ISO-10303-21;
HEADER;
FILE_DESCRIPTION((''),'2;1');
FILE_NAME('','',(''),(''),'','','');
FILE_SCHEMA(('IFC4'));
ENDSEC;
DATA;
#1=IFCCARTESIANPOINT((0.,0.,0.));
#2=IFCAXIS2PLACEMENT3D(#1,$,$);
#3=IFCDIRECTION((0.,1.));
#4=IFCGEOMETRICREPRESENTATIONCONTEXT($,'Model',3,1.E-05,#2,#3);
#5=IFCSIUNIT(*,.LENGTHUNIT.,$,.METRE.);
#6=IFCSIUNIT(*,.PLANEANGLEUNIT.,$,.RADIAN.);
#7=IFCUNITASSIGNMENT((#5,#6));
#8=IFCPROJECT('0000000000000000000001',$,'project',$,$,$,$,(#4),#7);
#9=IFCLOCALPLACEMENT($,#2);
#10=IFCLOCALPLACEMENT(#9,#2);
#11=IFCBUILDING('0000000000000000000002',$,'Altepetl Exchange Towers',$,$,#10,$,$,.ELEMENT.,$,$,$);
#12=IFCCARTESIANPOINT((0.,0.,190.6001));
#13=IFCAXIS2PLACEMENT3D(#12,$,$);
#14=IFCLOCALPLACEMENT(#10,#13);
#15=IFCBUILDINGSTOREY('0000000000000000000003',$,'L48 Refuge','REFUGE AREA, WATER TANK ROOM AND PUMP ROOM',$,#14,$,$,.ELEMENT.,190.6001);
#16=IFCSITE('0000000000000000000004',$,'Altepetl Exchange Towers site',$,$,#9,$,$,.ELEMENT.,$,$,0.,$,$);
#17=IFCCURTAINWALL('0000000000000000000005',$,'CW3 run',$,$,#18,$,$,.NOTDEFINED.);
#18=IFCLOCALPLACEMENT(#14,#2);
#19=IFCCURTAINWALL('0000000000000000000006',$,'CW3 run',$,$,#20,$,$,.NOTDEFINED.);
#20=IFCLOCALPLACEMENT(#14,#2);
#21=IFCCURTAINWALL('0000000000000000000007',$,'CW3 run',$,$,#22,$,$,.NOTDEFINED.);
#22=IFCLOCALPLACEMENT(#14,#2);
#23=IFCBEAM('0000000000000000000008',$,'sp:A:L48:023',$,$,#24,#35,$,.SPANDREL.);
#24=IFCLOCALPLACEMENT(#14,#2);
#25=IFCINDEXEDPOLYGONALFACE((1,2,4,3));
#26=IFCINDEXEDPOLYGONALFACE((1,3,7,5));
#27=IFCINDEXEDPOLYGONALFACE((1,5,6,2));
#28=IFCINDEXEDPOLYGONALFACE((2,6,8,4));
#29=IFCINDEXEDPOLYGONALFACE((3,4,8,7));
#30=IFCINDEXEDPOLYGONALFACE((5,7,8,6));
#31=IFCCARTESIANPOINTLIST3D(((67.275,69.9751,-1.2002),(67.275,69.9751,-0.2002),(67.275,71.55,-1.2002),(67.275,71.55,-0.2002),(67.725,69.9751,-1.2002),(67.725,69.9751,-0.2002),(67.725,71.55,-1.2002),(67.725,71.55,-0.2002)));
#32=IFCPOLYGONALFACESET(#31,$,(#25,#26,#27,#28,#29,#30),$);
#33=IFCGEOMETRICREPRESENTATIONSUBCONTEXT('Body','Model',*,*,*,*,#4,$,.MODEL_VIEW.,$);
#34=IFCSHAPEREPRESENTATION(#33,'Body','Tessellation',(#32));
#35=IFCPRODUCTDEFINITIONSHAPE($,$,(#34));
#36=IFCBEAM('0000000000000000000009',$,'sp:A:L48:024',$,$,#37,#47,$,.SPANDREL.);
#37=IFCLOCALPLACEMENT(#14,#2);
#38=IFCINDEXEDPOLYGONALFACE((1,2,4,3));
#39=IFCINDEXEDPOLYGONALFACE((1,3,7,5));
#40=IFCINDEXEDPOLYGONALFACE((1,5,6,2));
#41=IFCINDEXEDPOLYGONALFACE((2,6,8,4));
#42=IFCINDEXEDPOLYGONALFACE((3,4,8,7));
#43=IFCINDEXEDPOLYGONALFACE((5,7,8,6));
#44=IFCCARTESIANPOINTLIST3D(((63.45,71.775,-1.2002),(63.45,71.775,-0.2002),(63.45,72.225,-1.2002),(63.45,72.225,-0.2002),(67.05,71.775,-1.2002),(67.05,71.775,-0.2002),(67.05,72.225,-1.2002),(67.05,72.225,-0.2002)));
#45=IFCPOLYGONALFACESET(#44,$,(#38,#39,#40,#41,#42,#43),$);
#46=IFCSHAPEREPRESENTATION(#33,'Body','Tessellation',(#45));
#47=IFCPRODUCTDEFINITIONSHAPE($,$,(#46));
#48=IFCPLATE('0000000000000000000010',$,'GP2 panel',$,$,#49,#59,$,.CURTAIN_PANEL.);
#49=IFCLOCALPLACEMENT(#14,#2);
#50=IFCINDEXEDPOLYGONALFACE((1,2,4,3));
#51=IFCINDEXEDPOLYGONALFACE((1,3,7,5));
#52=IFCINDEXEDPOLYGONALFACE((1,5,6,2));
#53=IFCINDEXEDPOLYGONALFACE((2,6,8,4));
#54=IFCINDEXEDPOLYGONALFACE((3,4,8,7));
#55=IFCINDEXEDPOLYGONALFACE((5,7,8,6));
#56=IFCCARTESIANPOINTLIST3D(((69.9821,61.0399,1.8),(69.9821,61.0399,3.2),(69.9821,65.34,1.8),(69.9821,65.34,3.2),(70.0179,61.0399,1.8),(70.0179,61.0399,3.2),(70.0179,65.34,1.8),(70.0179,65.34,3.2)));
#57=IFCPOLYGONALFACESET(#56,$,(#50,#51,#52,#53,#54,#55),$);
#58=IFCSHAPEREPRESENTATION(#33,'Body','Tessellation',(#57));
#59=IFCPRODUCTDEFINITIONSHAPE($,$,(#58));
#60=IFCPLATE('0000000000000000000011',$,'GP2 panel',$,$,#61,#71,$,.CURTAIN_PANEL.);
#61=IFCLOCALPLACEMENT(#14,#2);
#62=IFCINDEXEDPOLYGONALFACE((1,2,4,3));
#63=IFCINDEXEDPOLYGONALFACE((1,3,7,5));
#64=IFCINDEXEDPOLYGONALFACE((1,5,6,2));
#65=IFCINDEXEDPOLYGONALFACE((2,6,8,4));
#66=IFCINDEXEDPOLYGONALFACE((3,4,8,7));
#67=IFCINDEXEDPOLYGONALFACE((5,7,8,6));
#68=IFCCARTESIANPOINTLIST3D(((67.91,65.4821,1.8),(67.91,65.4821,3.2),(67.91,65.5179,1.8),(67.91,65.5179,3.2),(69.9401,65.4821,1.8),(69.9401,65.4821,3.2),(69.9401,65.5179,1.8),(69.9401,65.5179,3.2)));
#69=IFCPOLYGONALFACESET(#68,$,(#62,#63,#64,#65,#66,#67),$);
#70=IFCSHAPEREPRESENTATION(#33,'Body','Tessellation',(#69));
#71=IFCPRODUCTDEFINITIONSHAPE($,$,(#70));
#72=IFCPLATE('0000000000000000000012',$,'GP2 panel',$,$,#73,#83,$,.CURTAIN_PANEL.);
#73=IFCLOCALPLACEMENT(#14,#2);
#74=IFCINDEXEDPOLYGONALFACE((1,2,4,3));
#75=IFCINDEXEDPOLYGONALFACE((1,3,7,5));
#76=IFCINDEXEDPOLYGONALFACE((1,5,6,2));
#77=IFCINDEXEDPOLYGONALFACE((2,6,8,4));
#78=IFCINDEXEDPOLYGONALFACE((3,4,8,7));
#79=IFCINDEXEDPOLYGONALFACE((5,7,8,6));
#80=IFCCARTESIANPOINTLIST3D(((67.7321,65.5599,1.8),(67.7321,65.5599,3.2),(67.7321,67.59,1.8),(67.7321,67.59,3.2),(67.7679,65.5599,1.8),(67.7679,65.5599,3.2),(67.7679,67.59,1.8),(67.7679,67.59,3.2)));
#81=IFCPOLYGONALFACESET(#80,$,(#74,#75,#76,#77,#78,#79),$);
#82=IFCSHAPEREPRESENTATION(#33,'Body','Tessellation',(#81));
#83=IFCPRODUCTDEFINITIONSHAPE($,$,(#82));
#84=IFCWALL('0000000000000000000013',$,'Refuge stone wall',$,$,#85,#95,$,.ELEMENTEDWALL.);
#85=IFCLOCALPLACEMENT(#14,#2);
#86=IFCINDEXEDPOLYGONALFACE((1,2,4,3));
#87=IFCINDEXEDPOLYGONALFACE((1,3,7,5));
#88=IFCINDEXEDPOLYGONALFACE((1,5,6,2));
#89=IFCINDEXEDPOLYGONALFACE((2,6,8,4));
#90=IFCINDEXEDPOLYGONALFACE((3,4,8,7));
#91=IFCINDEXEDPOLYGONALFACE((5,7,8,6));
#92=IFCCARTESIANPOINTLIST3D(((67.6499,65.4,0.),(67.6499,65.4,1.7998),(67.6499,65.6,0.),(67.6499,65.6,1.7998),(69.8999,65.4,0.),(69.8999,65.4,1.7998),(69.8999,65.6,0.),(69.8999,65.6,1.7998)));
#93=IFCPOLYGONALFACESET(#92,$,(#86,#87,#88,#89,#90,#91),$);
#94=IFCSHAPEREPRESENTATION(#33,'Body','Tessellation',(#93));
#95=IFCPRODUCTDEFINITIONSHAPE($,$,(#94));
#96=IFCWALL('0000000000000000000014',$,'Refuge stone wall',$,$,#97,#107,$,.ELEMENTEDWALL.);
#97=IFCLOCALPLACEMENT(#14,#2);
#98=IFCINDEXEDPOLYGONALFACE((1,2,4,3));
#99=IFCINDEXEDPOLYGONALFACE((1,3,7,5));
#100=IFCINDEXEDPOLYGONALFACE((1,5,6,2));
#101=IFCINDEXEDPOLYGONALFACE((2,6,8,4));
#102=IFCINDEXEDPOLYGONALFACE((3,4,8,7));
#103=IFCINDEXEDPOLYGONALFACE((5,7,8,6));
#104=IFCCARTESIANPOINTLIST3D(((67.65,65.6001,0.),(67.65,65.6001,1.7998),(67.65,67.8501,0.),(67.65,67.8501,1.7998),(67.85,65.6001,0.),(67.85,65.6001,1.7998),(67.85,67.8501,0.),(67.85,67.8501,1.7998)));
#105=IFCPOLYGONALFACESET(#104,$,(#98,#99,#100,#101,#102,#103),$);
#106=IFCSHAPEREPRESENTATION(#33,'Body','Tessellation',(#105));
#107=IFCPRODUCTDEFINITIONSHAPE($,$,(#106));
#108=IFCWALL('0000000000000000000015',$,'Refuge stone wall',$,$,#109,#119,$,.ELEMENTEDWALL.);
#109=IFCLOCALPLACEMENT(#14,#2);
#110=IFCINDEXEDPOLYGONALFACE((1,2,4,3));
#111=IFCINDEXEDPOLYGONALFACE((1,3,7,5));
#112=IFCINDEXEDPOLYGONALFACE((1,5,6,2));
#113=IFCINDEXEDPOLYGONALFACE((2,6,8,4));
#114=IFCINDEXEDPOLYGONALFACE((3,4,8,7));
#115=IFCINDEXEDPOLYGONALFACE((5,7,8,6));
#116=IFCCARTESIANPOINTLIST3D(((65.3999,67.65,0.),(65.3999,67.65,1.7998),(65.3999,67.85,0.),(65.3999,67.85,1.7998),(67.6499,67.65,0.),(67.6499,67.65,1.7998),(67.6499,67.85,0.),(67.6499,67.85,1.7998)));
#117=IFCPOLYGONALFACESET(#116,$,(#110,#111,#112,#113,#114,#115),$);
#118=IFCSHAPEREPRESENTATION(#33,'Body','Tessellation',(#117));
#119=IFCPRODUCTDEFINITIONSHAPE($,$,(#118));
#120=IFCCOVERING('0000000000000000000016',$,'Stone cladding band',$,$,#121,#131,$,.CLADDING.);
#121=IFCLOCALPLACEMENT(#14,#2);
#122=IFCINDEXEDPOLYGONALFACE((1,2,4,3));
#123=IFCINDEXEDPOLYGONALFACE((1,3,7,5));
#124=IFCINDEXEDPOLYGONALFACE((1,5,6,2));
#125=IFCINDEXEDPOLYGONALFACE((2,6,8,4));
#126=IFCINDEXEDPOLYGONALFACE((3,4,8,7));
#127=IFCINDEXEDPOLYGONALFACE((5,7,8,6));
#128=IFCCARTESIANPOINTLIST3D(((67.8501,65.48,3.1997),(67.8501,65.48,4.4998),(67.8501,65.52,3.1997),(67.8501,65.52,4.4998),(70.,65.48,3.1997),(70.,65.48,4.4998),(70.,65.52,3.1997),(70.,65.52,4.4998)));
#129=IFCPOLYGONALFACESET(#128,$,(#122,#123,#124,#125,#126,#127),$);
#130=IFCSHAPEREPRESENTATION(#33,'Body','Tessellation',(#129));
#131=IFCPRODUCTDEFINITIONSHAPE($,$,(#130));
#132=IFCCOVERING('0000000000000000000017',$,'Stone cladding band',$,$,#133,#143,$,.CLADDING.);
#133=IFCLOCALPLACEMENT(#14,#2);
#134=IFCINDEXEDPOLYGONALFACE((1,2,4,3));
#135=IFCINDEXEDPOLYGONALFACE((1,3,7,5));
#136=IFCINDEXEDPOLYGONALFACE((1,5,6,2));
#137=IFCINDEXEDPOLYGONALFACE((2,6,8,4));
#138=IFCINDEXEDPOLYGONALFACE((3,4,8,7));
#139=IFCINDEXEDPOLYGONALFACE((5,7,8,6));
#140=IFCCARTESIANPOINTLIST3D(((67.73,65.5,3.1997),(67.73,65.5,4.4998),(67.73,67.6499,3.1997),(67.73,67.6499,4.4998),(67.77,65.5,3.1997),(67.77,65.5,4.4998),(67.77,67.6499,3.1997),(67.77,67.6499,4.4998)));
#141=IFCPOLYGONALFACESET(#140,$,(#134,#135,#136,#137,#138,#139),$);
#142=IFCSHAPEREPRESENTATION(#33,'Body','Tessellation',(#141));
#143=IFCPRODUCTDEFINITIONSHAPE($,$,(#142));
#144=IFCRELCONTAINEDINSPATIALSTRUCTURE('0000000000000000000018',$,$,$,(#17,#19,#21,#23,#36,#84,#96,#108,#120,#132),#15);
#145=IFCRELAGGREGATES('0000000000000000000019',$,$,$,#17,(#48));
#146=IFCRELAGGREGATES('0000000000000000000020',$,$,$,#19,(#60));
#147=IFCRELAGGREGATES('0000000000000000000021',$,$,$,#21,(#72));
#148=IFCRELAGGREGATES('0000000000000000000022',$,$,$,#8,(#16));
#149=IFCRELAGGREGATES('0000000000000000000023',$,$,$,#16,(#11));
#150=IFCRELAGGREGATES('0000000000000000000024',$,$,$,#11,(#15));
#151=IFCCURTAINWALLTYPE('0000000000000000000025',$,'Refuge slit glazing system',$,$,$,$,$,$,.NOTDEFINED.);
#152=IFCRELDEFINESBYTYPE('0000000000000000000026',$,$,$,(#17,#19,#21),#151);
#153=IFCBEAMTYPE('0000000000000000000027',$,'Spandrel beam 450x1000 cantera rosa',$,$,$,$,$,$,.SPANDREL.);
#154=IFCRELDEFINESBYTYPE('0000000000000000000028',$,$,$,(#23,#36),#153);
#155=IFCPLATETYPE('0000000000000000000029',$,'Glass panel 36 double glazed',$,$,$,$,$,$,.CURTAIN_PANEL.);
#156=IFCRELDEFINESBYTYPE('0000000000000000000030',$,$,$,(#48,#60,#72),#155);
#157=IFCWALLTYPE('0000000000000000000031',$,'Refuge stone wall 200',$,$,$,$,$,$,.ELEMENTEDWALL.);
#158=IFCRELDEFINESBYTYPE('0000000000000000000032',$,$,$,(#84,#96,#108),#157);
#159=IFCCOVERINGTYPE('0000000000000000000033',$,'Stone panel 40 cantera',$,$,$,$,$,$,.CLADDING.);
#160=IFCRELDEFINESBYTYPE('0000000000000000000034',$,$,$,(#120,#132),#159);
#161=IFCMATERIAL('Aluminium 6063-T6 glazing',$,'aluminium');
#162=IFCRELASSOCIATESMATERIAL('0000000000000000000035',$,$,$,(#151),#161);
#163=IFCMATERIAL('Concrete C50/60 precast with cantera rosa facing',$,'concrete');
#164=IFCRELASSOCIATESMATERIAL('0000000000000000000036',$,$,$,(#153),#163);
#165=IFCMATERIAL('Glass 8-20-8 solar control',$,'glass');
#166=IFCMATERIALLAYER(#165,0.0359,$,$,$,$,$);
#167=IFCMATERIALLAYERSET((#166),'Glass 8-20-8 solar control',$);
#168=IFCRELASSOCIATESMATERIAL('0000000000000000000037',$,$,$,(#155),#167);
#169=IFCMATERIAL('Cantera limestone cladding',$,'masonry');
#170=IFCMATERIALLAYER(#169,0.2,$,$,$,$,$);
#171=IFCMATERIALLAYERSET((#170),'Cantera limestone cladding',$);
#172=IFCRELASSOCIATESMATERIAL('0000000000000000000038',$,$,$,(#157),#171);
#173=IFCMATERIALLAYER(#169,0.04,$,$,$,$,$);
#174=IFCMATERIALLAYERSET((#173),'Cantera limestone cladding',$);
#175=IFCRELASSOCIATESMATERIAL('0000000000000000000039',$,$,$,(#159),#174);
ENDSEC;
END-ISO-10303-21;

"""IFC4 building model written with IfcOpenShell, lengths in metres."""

from ifc_helpers import new_model, si_unit, direction, frame, frame_2d, origin, origin_2d, place, context, subcontext, project, spatial, rectangle, extrude, material, layer, layer_set, material_profile, profile_set, type_object, element, aggregate, save


model = new_model("IFC4")

# Units and contexts
model_context = context("Model", 3, precision=1e-05, world=origin(), true_north=direction((0.0, 1.0)))
body_context = subcontext(model_context, "Body", "Model", "MODEL_VIEW")
ifc_project = project(units=[si_unit("LENGTHUNIT", "METRE"), si_unit("PLANEANGLEUNIT", "RADIAN")], contexts=[model_context])

# Site, building, storey
site_placement = place(None, origin())
site = spatial("IfcSite", under=ifc_project, at=site_placement, Name="Altepetl Exchange Towers site", CompositionType="ELEMENT", RefElevation=0.0)
building_placement = place(site_placement, origin())
building = spatial("IfcBuilding", under=site, at=building_placement, Name="Altepetl Exchange Towers", CompositionType="ELEMENT")
storey_placement = place(building_placement, frame((0.0, 0.0, 190.6001)))
storey = spatial("IfcBuildingStorey", under=building, at=storey_placement, Name="L48 Refuge", Description="REFUGE AREA, WATER TANK ROOM AND PUMP ROOM", CompositionType="ELEMENT", Elevation=190.6001)

# Curtain wall
ifc_material_1 = material(Name="Aluminium 6063-T6 glazing", Category="aluminium")
curtain_wall_type = type_object("IfcCurtainWallType", Name="Refuge slit glazing system", PredefinedType="NOTDEFINED", material=ifc_material_1)
curtain_wall_1_placement = place(storey_placement, origin())
curtain_wall_1 = element("IfcCurtainWall", 1, at=curtain_wall_1_placement, inside=storey, type_object=curtain_wall_type, Name="CW3 run", PredefinedType="NOTDEFINED")

# Curtain walls
curtain_wall_2_placement = place(storey_placement, origin())
curtain_wall_2 = element("IfcCurtainWall", 2, at=curtain_wall_2_placement, inside=storey, type_object=curtain_wall_type, Name="CW3 run", PredefinedType="NOTDEFINED")
curtain_wall_3_placement = place(storey_placement, origin())
curtain_wall_3 = element("IfcCurtainWall", 3, at=curtain_wall_3_placement, inside=storey, type_object=curtain_wall_type, Name="CW3 run", PredefinedType="NOTDEFINED")

# Beams
ifc_material_2 = material(Name="Concrete C50/60 precast with cantera rosa facing", Category="concrete")
ifc_material_profile_1 = material_profile(ifc_material_2, rectangle(XDim=0.45, YDim=1.0, at=origin_2d()), Name="450 x 1000")
ifc_profile_set_1 = profile_set([ifc_material_profile_1], Name="Concrete C50/60 precast with cantera rosa facing")
beam_type = type_object("IfcBeamType", Name="Spandrel beam 450x1000 cantera rosa", PredefinedType="SPANDREL", material=ifc_profile_set_1)
beam_1_placement = place(storey_placement, frame((67.5, 69.9751, -0.7002), z_axis=(0.0, 1.0, 0.0), x_axis=(-1.0, 0.0, 0.0)))
element("IfcBeam", 4, at=beam_1_placement, inside=storey, type_object=beam_type, Name="sp:A:L48:023", PredefinedType="SPANDREL", context=body_context, shape_type="SweptSolid", body=[
    extrude(rectangle(XDim=0.45, YDim=1.0, at=origin_2d()), origin(), (0.0, 0.0, 1.0), 1.575),
])
beam_2_placement = place(storey_placement, frame((67.05, 72.0, -0.7002), z_axis=(-1.0, 0.0, 0.0), x_axis=(0.0, -1.0, 0.0)))
element("IfcBeam", 5, at=beam_2_placement, inside=storey, type_object=beam_type, Name="sp:A:L48:024", PredefinedType="SPANDREL", context=body_context, shape_type="SweptSolid", body=[
    extrude(rectangle(XDim=0.45, YDim=1.0, at=origin_2d()), origin(), (0.0, 0.0, 1.0), 3.6001),
])

# Plates
ifc_material_3 = material(Name="Glass 8-20-8 solar control", Category="glass")
ifc_layer_1 = layer(ifc_material_3, 0.0359)
ifc_layer_set_1 = layer_set([ifc_layer_1], Name="Glass 8-20-8 solar control")
plate_type = type_object("IfcPlateType", Name="Glass panel 36 double glazed", PredefinedType="CURTAIN_PANEL", material=ifc_layer_set_1)
plate_1_placement = place(storey_placement, frame((70.0, 63.1899, 1.8), z_axis=(0.0, 0.0, 1.0), x_axis=(0.0, 1.0, 0.0)))
plate_1 = element("IfcPlate", 6, at=plate_1_placement, type_object=plate_type, Name="GP2 panel", PredefinedType="CURTAIN_PANEL", context=body_context, shape_type="SweptSolid", body=[
    extrude(rectangle(XDim=4.3, YDim=0.0359, at=origin_2d()), origin(), (0.0, 0.0, 1.0), 1.3999),
])
aggregate(curtain_wall_1, [plate_1])
plate_2_placement = place(storey_placement, frame((68.925, 65.5, 1.8), z_axis=(0.0, 0.0, 1.0), x_axis=(-1.0, 0.0, 0.0)))
plate_2 = element("IfcPlate", 7, at=plate_2_placement, type_object=plate_type, Name="GP2 panel", PredefinedType="CURTAIN_PANEL", context=body_context, shape_type="SweptSolid", body=[
    extrude(rectangle(XDim=2.03, YDim=0.0359, at=origin_2d()), origin(), (0.0, 0.0, 1.0), 1.3999),
])
aggregate(curtain_wall_2, [plate_2])
plate_3_placement = place(storey_placement, frame((67.75, 66.575, 1.8), z_axis=(0.0, 0.0, 1.0), x_axis=(0.0, 1.0, 0.0)))
plate_3 = element("IfcPlate", 8, at=plate_3_placement, type_object=plate_type, Name="GP2 panel", PredefinedType="CURTAIN_PANEL", context=body_context, shape_type="SweptSolid", body=[
    extrude(rectangle(XDim=2.03, YDim=0.0359, at=origin_2d()), origin(), (0.0, 0.0, 1.0), 1.3999),
])
aggregate(curtain_wall_3, [plate_3])

# Walls
ifc_material_4 = material(Name="Cantera limestone cladding", Category="masonry")
ifc_layer_2 = layer(ifc_material_4, 0.2)
ifc_layer_set_2 = layer_set([ifc_layer_2], Name="Cantera limestone cladding")
wall_type = type_object("IfcWallType", Name="Refuge stone wall 200", PredefinedType="ELEMENTEDWALL", material=ifc_layer_set_2)
for number, where, z_axis, x_axis, name in (
    (9, (69.8999, 65.5, 0.0), (0.0, 0.0, 1.0), (-1.0, 0.0, 0.0), "Refuge stone wall"),
    (10, (67.75, 65.6001, 0.0), (0.0, 0.0, 1.0), (0.0, 1.0, 0.0), "Refuge stone wall"),
    (11, (67.6499, 67.75, 0.0), (0.0, 0.0, 1.0), (-1.0, 0.0, 0.0), "Refuge stone wall"),
):
    element("IfcWall", number, at=place(storey_placement, frame(where, z_axis=z_axis, x_axis=x_axis)), inside=storey, type_object=wall_type, Name=name, PredefinedType="ELEMENTEDWALL", context=body_context, shape_type="SweptSolid", body=[
        extrude(rectangle(XDim=2.25, YDim=0.2, at=frame_2d((1.125, 0.0))), origin(), (0.0, 0.0, 1.0), 1.7998),
    ])

# Coverings
ifc_layer_3 = layer(ifc_material_4, 0.04)
ifc_layer_set_3 = layer_set([ifc_layer_3], Name="Cantera limestone cladding")
covering_type = type_object("IfcCoveringType", Name="Stone panel 40 cantera", PredefinedType="CLADDING", material=ifc_layer_set_3)
for number, where, z_axis, x_axis, name in (
    (12, (68.925, 65.5, 3.1997), (0.0, 0.0, 1.0), (-1.0, 0.0, 0.0), "Stone cladding band"),
    (13, (67.75, 66.575, 3.1997), (0.0, 0.0, 1.0), (0.0, 1.0, 0.0), "Stone cladding band"),
):
    element("IfcCovering", number, at=place(storey_placement, frame(where, z_axis=z_axis, x_axis=x_axis)), inside=storey, type_object=covering_type, Name=name, PredefinedType="CLADDING", context=body_context, shape_type="SweptSolid", body=[
        extrude(rectangle(XDim=2.1499, YDim=0.04, at=origin_2d()), origin(), (0.0, 0.0, 1.0), 1.3),
    ])

save(model, "model.ifc")
